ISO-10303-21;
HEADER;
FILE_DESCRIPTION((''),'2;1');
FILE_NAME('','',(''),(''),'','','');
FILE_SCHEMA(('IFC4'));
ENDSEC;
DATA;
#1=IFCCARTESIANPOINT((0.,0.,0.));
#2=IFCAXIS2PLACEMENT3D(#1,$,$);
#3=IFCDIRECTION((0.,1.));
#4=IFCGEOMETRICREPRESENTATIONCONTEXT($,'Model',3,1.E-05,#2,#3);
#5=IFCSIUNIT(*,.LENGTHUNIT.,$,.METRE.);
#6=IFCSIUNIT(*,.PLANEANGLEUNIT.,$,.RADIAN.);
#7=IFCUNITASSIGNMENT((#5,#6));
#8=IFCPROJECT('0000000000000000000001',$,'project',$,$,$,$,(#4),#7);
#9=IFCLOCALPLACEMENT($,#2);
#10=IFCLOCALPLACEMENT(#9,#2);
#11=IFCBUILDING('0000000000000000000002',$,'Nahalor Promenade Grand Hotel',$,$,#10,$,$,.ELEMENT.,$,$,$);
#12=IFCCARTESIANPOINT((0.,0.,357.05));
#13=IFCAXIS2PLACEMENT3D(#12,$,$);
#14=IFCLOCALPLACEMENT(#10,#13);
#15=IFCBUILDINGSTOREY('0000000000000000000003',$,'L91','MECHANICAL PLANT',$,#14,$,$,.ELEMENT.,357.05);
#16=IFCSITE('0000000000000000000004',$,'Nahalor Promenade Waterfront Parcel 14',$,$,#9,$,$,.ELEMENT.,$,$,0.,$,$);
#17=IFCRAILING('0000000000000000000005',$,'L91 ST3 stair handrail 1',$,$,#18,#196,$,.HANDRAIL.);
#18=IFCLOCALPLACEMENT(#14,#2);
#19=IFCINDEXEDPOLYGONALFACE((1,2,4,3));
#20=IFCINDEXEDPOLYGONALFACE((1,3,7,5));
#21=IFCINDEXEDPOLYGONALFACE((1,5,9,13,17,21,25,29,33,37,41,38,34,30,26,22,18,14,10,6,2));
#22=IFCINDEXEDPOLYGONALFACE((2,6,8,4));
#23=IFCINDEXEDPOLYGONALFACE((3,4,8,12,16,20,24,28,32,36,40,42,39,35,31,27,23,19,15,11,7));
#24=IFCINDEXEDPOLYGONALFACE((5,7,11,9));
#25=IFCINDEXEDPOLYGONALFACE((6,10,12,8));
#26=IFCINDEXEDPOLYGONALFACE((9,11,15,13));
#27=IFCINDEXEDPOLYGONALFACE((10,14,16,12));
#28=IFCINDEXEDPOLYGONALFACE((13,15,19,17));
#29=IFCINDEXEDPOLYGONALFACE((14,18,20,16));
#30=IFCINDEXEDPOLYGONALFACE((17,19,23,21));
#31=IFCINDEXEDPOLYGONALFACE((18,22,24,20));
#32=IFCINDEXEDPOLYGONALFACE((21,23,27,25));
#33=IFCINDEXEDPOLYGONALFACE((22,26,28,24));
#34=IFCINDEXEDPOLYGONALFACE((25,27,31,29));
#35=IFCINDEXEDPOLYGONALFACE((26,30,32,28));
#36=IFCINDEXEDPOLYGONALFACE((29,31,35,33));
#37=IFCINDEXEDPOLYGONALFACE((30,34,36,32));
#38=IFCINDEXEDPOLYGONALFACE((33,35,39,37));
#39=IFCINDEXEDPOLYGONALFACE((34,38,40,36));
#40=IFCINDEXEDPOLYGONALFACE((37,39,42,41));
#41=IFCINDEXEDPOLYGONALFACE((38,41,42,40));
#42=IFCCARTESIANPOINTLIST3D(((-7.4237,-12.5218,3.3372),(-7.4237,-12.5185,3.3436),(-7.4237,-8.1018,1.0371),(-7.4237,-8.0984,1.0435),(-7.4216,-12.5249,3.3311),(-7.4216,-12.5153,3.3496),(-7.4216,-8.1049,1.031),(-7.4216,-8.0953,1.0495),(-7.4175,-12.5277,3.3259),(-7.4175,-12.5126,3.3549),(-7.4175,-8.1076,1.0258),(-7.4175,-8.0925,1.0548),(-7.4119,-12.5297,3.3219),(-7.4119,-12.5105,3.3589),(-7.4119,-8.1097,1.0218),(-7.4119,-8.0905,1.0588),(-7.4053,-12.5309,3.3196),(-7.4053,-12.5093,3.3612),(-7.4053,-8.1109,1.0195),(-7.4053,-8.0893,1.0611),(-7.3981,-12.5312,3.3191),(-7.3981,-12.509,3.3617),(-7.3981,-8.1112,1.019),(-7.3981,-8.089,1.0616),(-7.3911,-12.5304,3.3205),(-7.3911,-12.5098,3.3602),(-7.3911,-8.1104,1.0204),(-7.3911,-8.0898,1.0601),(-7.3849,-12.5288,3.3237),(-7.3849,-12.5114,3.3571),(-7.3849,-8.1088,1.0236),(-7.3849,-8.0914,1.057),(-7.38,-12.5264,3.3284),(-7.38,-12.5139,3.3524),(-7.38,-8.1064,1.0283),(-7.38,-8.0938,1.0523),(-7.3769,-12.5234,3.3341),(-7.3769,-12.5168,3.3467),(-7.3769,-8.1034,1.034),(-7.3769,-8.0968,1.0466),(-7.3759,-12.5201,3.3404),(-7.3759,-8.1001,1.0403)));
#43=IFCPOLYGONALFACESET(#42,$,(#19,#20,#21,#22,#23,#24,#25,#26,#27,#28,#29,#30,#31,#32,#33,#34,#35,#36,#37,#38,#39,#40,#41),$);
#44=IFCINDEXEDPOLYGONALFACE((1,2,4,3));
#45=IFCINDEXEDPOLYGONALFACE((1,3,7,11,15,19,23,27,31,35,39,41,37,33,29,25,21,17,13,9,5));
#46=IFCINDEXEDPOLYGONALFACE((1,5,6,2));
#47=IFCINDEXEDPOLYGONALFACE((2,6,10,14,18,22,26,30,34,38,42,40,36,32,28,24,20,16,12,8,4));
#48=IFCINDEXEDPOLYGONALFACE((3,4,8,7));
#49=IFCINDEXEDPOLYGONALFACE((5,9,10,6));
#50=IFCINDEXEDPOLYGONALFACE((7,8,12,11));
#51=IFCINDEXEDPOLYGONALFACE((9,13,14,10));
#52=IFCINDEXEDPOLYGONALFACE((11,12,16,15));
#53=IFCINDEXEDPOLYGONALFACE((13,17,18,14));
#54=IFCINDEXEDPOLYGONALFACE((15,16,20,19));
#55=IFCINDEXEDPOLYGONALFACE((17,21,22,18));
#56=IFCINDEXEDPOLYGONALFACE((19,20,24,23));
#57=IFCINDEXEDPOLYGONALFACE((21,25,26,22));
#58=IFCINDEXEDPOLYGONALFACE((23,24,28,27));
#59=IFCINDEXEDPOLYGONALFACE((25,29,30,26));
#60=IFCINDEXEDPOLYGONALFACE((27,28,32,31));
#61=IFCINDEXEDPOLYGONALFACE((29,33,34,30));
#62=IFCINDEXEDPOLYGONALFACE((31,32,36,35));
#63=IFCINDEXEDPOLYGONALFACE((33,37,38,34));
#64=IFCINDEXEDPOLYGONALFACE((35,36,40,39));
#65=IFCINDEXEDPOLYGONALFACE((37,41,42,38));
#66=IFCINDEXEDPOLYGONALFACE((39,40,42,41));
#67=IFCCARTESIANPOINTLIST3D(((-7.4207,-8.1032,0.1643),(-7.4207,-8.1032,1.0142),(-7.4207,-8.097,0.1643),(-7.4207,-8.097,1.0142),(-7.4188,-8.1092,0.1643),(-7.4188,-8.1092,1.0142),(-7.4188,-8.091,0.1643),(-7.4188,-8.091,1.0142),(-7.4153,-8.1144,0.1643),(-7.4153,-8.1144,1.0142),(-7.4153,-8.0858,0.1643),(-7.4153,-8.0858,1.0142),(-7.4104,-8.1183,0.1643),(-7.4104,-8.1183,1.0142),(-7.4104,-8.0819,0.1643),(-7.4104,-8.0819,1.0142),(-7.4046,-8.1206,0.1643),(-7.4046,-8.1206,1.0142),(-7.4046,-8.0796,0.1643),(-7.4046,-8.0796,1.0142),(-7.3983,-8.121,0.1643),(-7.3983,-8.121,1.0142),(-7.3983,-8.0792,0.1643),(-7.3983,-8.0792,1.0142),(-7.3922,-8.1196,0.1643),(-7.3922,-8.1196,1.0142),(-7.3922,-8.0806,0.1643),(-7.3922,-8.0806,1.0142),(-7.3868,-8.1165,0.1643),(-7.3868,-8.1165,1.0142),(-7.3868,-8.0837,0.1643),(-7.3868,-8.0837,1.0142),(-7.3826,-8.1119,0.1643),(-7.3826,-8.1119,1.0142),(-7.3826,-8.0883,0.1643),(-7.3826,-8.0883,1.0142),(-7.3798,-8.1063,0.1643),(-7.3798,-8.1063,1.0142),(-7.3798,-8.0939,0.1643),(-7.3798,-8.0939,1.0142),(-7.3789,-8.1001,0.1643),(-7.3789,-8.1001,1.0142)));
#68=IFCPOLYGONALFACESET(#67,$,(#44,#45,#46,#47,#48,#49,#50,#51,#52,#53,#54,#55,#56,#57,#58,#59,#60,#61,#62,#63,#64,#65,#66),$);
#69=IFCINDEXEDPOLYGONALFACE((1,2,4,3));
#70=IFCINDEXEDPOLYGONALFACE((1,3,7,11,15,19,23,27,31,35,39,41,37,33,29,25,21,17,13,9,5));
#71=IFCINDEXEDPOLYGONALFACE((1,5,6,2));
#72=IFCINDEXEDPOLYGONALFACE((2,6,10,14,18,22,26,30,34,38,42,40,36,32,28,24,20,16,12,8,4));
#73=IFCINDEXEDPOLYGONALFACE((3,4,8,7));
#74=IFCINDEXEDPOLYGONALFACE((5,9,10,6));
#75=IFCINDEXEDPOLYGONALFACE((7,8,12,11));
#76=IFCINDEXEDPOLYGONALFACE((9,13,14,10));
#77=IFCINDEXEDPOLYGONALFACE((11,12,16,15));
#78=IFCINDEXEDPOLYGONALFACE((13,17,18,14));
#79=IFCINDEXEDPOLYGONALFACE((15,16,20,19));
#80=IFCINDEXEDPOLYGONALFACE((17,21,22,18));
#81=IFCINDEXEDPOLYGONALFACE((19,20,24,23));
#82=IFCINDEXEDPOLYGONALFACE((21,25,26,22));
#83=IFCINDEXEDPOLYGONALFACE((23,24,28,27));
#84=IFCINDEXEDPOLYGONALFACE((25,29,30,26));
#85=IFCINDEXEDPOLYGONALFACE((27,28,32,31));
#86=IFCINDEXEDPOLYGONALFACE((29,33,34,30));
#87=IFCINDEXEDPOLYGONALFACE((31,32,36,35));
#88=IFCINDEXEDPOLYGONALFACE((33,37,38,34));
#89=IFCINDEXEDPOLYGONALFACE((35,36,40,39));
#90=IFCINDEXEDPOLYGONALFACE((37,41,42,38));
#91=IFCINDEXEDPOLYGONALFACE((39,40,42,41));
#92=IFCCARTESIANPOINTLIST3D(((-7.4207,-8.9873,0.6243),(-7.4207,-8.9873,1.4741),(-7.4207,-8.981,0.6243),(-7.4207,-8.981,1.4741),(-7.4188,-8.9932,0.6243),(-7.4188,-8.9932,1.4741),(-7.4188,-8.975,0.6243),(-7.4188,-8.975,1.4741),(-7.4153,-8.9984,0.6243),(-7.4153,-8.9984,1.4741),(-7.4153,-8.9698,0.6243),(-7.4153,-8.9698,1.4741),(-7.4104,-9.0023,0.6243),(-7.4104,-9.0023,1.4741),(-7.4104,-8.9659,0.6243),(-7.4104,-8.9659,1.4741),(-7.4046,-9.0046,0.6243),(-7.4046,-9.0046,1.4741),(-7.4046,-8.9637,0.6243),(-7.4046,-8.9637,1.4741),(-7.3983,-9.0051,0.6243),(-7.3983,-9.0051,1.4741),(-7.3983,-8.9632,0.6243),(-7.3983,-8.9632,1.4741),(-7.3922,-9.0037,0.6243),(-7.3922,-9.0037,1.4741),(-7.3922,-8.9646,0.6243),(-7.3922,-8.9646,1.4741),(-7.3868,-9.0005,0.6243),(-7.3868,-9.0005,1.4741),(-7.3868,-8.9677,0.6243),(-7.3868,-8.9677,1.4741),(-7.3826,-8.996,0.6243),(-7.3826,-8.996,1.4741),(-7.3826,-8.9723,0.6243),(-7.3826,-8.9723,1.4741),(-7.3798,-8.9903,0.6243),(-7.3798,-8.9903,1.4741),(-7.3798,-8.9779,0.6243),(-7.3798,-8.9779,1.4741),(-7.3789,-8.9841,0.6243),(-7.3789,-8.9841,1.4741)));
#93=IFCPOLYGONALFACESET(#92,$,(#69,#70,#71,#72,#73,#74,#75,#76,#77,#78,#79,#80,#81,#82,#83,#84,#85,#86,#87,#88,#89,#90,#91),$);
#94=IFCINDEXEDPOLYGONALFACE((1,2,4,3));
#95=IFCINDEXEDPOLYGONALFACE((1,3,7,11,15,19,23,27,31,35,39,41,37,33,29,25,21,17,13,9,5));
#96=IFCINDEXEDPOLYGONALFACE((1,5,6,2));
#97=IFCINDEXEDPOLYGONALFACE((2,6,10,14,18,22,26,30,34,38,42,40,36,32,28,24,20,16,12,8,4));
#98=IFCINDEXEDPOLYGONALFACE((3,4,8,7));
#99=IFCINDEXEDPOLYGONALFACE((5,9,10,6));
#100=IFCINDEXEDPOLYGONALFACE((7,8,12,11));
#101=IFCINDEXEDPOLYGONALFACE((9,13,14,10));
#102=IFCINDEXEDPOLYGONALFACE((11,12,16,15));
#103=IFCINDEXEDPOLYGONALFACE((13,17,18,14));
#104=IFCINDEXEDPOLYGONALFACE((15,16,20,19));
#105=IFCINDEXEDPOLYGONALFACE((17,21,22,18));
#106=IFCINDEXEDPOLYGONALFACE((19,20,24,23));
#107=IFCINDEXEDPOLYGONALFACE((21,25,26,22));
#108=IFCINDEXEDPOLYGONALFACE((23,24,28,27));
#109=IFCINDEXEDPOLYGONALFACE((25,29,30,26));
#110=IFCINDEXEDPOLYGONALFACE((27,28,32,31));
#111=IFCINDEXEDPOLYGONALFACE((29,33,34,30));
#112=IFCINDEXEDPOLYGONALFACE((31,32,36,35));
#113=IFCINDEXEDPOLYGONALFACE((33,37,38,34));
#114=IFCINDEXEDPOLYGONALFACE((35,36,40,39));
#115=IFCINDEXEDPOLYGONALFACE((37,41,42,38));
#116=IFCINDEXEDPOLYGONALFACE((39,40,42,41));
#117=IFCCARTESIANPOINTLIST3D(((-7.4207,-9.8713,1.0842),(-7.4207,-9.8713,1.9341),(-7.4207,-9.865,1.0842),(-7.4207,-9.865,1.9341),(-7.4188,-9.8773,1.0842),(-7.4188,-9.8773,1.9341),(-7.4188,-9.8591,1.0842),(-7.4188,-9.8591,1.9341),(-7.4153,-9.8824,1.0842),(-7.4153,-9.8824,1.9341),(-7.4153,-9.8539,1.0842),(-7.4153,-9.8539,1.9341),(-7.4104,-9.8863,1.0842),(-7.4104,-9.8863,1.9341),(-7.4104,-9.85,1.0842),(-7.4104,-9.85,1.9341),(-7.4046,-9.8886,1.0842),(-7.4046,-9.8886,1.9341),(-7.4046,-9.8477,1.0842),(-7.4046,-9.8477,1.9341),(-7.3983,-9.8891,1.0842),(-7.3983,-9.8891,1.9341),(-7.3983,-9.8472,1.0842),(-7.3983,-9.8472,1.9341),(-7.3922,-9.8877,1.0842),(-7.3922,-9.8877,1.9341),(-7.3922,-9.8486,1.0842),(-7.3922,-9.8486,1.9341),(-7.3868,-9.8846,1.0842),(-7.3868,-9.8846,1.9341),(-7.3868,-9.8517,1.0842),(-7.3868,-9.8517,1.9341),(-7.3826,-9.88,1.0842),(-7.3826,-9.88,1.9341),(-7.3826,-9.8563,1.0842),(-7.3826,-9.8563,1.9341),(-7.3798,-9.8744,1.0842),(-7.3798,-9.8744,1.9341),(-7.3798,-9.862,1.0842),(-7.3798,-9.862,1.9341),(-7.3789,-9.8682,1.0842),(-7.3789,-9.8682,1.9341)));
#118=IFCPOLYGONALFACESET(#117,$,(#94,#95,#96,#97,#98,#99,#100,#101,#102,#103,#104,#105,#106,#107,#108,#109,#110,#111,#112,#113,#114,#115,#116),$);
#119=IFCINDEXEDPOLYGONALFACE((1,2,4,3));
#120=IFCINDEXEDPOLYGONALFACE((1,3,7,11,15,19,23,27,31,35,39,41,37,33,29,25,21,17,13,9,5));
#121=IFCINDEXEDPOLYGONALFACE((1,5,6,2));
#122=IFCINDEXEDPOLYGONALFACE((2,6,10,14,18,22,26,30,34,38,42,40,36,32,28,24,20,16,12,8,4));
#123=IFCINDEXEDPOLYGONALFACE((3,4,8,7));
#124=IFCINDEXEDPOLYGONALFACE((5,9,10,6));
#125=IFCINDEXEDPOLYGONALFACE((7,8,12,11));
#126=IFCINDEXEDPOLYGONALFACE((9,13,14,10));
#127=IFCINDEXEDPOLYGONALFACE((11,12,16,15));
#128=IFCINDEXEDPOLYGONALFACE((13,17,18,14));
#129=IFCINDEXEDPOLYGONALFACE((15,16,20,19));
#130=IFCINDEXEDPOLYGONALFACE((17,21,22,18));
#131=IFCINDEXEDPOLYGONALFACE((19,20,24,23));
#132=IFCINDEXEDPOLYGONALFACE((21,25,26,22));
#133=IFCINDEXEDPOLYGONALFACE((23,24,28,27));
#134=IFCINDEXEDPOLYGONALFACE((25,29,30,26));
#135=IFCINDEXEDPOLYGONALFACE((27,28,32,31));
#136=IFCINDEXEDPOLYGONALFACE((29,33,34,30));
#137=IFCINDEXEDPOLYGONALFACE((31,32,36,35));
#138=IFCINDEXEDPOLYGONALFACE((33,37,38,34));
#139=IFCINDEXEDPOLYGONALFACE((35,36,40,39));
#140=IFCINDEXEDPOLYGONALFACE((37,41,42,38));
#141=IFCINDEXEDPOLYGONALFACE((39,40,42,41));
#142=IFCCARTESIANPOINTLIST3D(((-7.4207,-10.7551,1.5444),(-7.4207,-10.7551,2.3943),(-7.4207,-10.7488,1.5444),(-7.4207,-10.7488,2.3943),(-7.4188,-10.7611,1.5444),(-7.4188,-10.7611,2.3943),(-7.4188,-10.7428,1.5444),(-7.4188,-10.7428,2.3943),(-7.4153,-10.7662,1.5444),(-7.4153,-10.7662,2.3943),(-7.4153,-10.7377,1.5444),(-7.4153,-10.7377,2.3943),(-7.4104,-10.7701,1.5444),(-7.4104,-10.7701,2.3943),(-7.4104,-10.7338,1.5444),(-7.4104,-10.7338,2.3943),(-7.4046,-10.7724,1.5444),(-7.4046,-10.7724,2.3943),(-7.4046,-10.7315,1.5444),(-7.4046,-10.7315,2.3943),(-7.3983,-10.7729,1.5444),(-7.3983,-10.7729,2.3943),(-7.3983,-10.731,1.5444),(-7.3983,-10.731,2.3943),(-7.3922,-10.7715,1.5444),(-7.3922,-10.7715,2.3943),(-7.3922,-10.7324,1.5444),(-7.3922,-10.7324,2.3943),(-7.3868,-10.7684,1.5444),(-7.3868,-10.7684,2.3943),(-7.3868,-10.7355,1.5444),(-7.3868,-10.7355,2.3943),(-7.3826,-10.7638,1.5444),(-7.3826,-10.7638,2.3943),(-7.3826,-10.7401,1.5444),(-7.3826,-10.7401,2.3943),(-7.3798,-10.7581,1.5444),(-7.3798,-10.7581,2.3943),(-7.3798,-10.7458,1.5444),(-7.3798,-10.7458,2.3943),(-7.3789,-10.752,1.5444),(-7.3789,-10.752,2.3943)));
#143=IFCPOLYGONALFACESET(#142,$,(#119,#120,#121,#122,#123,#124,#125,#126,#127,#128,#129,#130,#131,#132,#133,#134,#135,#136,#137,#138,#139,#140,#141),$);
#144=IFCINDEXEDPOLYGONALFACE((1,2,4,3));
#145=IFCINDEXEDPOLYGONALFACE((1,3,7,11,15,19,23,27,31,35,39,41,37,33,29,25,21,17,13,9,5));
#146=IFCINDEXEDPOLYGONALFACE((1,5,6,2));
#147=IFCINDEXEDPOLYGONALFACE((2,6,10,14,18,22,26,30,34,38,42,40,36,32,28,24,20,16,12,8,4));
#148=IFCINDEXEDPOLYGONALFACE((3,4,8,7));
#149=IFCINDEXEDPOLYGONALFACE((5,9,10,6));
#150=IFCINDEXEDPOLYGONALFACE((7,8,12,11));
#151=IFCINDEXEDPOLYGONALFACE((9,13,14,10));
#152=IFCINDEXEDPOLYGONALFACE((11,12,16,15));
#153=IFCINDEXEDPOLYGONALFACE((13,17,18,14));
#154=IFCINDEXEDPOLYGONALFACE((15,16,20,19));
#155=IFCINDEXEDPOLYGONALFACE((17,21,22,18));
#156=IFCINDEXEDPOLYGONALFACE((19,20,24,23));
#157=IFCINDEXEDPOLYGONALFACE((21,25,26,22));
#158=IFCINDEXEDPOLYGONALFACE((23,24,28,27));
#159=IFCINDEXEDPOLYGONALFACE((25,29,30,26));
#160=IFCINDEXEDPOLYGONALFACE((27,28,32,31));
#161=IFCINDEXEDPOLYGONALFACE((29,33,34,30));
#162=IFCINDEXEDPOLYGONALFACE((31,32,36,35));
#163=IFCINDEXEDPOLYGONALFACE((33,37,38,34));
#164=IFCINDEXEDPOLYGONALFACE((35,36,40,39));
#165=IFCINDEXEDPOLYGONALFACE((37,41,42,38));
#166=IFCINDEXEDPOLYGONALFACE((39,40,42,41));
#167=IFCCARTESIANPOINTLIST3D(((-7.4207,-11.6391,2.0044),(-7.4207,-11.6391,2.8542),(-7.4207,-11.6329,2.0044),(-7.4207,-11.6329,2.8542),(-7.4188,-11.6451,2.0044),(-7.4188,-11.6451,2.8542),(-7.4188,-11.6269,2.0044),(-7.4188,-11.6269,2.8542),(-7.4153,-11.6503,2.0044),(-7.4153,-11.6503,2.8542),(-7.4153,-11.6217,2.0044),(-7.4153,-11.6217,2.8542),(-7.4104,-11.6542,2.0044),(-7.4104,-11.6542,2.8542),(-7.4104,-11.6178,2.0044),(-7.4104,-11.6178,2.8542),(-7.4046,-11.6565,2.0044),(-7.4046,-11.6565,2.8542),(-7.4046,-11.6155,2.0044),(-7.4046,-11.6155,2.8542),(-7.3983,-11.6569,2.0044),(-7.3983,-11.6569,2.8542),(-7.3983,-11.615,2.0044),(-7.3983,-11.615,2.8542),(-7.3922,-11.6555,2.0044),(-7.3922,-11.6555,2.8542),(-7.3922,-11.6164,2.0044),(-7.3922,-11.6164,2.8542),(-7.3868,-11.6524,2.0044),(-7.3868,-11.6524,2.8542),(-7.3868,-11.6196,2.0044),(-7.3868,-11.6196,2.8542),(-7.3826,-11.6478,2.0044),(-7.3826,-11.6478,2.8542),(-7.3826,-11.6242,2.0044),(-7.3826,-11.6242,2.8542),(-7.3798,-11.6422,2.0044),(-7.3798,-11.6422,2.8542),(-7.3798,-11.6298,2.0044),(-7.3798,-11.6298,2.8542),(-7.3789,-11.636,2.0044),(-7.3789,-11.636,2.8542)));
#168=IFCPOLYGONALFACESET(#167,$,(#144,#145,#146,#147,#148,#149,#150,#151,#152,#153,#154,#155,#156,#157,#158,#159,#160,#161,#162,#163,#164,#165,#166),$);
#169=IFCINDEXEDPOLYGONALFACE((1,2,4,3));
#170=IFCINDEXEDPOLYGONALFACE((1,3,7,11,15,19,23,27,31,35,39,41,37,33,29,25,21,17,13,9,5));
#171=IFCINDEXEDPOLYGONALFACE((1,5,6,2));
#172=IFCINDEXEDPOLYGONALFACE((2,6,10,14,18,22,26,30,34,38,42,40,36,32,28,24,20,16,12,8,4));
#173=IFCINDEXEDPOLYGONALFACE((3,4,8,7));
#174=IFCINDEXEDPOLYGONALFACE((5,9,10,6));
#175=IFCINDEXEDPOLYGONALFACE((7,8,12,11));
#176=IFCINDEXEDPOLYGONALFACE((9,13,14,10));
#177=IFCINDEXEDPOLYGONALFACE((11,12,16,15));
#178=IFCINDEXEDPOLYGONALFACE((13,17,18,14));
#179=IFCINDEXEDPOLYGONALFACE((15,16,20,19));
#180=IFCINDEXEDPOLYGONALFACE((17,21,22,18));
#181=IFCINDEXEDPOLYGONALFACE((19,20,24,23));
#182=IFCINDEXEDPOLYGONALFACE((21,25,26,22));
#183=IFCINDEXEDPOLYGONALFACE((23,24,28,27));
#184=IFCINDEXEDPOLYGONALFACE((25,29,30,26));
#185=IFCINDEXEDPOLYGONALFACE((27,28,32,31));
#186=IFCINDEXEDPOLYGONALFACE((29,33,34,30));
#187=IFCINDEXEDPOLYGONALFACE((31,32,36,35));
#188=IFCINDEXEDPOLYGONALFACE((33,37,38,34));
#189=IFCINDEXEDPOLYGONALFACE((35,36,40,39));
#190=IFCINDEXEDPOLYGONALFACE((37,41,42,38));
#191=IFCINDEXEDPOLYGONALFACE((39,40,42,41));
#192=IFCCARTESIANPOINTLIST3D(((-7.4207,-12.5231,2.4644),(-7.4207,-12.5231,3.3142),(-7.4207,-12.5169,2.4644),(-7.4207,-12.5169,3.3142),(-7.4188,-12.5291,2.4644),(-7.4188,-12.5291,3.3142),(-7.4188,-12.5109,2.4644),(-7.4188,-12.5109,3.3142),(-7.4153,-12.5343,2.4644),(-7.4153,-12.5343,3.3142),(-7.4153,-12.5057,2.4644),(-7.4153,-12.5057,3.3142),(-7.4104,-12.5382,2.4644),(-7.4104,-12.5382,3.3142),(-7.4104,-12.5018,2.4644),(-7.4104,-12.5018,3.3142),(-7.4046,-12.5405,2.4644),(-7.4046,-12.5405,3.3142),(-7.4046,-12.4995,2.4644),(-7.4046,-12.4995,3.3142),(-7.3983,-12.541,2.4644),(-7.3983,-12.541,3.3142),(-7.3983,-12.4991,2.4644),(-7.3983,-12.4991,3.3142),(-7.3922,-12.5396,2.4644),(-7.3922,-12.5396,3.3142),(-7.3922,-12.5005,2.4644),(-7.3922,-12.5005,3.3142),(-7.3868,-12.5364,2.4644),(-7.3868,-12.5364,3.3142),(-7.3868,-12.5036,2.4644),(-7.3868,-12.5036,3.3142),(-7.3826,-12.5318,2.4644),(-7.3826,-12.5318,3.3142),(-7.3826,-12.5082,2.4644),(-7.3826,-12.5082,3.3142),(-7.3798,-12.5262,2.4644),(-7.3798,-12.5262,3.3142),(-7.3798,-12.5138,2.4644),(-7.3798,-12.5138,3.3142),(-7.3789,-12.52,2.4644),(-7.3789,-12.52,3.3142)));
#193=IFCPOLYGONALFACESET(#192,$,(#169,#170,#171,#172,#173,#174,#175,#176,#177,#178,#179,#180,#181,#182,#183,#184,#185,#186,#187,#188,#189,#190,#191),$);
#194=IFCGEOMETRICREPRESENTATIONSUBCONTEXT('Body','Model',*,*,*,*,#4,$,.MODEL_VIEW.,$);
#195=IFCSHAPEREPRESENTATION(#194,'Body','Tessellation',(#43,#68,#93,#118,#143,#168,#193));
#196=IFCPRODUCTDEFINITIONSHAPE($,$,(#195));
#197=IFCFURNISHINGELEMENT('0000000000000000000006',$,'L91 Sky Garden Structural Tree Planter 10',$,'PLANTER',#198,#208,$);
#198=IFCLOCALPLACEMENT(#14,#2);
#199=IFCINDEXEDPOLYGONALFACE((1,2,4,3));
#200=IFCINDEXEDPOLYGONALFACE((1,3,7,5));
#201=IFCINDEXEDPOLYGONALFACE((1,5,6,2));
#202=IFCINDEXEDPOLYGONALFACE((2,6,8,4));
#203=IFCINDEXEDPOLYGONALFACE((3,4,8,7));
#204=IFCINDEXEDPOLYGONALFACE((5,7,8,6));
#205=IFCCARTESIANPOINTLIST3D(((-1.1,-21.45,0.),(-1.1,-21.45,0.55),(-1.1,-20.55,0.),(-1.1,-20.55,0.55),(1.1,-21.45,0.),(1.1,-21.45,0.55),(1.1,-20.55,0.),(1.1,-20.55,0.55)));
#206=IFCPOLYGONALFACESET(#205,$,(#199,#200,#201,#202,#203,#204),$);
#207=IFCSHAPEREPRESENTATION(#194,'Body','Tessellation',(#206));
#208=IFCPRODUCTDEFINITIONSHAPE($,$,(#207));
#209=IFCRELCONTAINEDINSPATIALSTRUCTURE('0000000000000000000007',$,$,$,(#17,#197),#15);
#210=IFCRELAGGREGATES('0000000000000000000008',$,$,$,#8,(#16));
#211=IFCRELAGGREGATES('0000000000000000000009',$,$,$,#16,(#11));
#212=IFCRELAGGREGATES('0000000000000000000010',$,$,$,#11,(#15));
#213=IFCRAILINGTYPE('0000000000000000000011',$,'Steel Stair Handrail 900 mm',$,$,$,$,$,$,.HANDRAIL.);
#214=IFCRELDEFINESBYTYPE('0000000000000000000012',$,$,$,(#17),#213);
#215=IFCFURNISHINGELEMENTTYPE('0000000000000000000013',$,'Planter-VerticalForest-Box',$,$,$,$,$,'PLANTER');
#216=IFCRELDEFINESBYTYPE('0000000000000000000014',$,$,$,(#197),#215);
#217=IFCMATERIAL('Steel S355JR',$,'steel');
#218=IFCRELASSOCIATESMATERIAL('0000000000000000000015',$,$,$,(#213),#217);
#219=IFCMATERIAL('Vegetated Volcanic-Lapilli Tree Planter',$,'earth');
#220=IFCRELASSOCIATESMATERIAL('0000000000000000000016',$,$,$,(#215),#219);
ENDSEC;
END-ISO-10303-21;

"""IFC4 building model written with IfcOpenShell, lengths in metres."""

from ifc_helpers import new_model, si_unit, direction, frame, origin, origin_2d, place, context, subcontext, project, spatial, rectangle, circle, extrude, source, transform, mapped, material, type_object, element, save


model = new_model("IFC4")

# Units and contexts
model_context = context("Model", 3, precision=1e-05, world=origin(), true_north=direction((0.0, 1.0)))
body_context = subcontext(model_context, "Body", "Model", "MODEL_VIEW")
ifc_project = project(units=[si_unit("LENGTHUNIT", "METRE"), si_unit("PLANEANGLEUNIT", "RADIAN")], contexts=[model_context])

# Site, building, storey
site_placement = place(None, origin())
site = spatial("IfcSite", under=ifc_project, at=site_placement, Name="Nahalor Promenade Waterfront Parcel 14", CompositionType="ELEMENT", RefElevation=0.0)
building_placement = place(site_placement, origin())
building = spatial("IfcBuilding", under=site, at=building_placement, Name="Nahalor Promenade Grand Hotel", CompositionType="ELEMENT")
storey_placement = place(building_placement, frame((0.0, 0.0, 357.05)))
storey = spatial("IfcBuildingStorey", under=building, at=storey_placement, Name="L91", Description="MECHANICAL PLANT", CompositionType="ELEMENT", Elevation=357.05)

# Shared definitions
ifc_material_1 = material(Name="Steel S355JR", Category="steel")

# Railing
railing_type_1 = type_object("IfcRailingType", Name="Steel Stair Handrail 900 mm", PredefinedType="HANDRAIL", material=ifc_material_1)
railing_1_placement = place(storey_placement, frame((-7.3999, -8.1001, 0.1643)))
element("IfcRailing", 1, at=railing_1_placement, inside=storey, type_object=railing_type_1, Name="L91 ST3 stair handrail 1", PredefinedType="HANDRAIL", context=body_context, shape_type="SweptSolid", body=[
    extrude(circle(Radius=0.024, at=origin_2d()), frame((0.0, 0.0, 0.876), z_axis=(0.0, -0.887078, 0.46162), x_axis=(1.0, 0.0, 0.0)), (0.0, 0.0, 1.0), 4.9827),
    extrude(circle(Radius=0.021, at=origin_2d()), origin(), (0.0, 0.0, 1.0), 0.8499),
    extrude(circle(Radius=0.021, at=origin_2d()), frame((0.0, -0.884, 0.46)), (0.0, 0.0, 1.0), 0.8499),
    extrude(circle(Radius=0.021, at=origin_2d()), frame((0.0, -1.7681, 0.9199)), (0.0, 0.0, 1.0), 0.8499),
    extrude(circle(Radius=0.021, at=origin_2d()), frame((0.0, -2.6519, 1.3801)), (0.0, 0.0, 1.0), 0.8499),
    extrude(circle(Radius=0.021, at=origin_2d()), frame((0.0, -3.5359, 1.8401)), (0.0, 0.0, 1.0), 0.8499),
    extrude(circle(Radius=0.021, at=origin_2d()), frame((0.0, -4.4199, 2.3)), (0.0, 0.0, 1.0), 0.8499),
])

# Furnishing element
ifc_material_2 = material(Name="Vegetated Volcanic-Lapilli Tree Planter", Category="earth")
furnishing_element_type = type_object("IfcFurnishingElementType", Name="Planter-VerticalForest-Box", ElementType="PLANTER", material=ifc_material_2)
shared_shape_1 = source(origin(), body_context, "Body", "SweptSolid", [
    extrude(rectangle(XDim=2.2, YDim=0.8999, at=origin_2d()), origin(), (0.0, 0.0, 1.0), 0.55),
])
furnishing_placement = place(storey_placement, frame((0.0, -21.0, 0.0), z_axis=(0.0, 0.0, 1.0), x_axis=(1.0, 0.0, 0.0)))
element("IfcFurnishingElement", 2, at=furnishing_placement, inside=storey, type_object=furnishing_element_type, Name="L91 Sky Garden Structural Tree Planter 10", ObjectType="PLANTER", context=body_context, shape_type="MappedRepresentation", body=[
    mapped(shared_shape_1, transform((0.0, 0.0, 0.0), scale=1.0)),
])

save(model, "model.ifc")
